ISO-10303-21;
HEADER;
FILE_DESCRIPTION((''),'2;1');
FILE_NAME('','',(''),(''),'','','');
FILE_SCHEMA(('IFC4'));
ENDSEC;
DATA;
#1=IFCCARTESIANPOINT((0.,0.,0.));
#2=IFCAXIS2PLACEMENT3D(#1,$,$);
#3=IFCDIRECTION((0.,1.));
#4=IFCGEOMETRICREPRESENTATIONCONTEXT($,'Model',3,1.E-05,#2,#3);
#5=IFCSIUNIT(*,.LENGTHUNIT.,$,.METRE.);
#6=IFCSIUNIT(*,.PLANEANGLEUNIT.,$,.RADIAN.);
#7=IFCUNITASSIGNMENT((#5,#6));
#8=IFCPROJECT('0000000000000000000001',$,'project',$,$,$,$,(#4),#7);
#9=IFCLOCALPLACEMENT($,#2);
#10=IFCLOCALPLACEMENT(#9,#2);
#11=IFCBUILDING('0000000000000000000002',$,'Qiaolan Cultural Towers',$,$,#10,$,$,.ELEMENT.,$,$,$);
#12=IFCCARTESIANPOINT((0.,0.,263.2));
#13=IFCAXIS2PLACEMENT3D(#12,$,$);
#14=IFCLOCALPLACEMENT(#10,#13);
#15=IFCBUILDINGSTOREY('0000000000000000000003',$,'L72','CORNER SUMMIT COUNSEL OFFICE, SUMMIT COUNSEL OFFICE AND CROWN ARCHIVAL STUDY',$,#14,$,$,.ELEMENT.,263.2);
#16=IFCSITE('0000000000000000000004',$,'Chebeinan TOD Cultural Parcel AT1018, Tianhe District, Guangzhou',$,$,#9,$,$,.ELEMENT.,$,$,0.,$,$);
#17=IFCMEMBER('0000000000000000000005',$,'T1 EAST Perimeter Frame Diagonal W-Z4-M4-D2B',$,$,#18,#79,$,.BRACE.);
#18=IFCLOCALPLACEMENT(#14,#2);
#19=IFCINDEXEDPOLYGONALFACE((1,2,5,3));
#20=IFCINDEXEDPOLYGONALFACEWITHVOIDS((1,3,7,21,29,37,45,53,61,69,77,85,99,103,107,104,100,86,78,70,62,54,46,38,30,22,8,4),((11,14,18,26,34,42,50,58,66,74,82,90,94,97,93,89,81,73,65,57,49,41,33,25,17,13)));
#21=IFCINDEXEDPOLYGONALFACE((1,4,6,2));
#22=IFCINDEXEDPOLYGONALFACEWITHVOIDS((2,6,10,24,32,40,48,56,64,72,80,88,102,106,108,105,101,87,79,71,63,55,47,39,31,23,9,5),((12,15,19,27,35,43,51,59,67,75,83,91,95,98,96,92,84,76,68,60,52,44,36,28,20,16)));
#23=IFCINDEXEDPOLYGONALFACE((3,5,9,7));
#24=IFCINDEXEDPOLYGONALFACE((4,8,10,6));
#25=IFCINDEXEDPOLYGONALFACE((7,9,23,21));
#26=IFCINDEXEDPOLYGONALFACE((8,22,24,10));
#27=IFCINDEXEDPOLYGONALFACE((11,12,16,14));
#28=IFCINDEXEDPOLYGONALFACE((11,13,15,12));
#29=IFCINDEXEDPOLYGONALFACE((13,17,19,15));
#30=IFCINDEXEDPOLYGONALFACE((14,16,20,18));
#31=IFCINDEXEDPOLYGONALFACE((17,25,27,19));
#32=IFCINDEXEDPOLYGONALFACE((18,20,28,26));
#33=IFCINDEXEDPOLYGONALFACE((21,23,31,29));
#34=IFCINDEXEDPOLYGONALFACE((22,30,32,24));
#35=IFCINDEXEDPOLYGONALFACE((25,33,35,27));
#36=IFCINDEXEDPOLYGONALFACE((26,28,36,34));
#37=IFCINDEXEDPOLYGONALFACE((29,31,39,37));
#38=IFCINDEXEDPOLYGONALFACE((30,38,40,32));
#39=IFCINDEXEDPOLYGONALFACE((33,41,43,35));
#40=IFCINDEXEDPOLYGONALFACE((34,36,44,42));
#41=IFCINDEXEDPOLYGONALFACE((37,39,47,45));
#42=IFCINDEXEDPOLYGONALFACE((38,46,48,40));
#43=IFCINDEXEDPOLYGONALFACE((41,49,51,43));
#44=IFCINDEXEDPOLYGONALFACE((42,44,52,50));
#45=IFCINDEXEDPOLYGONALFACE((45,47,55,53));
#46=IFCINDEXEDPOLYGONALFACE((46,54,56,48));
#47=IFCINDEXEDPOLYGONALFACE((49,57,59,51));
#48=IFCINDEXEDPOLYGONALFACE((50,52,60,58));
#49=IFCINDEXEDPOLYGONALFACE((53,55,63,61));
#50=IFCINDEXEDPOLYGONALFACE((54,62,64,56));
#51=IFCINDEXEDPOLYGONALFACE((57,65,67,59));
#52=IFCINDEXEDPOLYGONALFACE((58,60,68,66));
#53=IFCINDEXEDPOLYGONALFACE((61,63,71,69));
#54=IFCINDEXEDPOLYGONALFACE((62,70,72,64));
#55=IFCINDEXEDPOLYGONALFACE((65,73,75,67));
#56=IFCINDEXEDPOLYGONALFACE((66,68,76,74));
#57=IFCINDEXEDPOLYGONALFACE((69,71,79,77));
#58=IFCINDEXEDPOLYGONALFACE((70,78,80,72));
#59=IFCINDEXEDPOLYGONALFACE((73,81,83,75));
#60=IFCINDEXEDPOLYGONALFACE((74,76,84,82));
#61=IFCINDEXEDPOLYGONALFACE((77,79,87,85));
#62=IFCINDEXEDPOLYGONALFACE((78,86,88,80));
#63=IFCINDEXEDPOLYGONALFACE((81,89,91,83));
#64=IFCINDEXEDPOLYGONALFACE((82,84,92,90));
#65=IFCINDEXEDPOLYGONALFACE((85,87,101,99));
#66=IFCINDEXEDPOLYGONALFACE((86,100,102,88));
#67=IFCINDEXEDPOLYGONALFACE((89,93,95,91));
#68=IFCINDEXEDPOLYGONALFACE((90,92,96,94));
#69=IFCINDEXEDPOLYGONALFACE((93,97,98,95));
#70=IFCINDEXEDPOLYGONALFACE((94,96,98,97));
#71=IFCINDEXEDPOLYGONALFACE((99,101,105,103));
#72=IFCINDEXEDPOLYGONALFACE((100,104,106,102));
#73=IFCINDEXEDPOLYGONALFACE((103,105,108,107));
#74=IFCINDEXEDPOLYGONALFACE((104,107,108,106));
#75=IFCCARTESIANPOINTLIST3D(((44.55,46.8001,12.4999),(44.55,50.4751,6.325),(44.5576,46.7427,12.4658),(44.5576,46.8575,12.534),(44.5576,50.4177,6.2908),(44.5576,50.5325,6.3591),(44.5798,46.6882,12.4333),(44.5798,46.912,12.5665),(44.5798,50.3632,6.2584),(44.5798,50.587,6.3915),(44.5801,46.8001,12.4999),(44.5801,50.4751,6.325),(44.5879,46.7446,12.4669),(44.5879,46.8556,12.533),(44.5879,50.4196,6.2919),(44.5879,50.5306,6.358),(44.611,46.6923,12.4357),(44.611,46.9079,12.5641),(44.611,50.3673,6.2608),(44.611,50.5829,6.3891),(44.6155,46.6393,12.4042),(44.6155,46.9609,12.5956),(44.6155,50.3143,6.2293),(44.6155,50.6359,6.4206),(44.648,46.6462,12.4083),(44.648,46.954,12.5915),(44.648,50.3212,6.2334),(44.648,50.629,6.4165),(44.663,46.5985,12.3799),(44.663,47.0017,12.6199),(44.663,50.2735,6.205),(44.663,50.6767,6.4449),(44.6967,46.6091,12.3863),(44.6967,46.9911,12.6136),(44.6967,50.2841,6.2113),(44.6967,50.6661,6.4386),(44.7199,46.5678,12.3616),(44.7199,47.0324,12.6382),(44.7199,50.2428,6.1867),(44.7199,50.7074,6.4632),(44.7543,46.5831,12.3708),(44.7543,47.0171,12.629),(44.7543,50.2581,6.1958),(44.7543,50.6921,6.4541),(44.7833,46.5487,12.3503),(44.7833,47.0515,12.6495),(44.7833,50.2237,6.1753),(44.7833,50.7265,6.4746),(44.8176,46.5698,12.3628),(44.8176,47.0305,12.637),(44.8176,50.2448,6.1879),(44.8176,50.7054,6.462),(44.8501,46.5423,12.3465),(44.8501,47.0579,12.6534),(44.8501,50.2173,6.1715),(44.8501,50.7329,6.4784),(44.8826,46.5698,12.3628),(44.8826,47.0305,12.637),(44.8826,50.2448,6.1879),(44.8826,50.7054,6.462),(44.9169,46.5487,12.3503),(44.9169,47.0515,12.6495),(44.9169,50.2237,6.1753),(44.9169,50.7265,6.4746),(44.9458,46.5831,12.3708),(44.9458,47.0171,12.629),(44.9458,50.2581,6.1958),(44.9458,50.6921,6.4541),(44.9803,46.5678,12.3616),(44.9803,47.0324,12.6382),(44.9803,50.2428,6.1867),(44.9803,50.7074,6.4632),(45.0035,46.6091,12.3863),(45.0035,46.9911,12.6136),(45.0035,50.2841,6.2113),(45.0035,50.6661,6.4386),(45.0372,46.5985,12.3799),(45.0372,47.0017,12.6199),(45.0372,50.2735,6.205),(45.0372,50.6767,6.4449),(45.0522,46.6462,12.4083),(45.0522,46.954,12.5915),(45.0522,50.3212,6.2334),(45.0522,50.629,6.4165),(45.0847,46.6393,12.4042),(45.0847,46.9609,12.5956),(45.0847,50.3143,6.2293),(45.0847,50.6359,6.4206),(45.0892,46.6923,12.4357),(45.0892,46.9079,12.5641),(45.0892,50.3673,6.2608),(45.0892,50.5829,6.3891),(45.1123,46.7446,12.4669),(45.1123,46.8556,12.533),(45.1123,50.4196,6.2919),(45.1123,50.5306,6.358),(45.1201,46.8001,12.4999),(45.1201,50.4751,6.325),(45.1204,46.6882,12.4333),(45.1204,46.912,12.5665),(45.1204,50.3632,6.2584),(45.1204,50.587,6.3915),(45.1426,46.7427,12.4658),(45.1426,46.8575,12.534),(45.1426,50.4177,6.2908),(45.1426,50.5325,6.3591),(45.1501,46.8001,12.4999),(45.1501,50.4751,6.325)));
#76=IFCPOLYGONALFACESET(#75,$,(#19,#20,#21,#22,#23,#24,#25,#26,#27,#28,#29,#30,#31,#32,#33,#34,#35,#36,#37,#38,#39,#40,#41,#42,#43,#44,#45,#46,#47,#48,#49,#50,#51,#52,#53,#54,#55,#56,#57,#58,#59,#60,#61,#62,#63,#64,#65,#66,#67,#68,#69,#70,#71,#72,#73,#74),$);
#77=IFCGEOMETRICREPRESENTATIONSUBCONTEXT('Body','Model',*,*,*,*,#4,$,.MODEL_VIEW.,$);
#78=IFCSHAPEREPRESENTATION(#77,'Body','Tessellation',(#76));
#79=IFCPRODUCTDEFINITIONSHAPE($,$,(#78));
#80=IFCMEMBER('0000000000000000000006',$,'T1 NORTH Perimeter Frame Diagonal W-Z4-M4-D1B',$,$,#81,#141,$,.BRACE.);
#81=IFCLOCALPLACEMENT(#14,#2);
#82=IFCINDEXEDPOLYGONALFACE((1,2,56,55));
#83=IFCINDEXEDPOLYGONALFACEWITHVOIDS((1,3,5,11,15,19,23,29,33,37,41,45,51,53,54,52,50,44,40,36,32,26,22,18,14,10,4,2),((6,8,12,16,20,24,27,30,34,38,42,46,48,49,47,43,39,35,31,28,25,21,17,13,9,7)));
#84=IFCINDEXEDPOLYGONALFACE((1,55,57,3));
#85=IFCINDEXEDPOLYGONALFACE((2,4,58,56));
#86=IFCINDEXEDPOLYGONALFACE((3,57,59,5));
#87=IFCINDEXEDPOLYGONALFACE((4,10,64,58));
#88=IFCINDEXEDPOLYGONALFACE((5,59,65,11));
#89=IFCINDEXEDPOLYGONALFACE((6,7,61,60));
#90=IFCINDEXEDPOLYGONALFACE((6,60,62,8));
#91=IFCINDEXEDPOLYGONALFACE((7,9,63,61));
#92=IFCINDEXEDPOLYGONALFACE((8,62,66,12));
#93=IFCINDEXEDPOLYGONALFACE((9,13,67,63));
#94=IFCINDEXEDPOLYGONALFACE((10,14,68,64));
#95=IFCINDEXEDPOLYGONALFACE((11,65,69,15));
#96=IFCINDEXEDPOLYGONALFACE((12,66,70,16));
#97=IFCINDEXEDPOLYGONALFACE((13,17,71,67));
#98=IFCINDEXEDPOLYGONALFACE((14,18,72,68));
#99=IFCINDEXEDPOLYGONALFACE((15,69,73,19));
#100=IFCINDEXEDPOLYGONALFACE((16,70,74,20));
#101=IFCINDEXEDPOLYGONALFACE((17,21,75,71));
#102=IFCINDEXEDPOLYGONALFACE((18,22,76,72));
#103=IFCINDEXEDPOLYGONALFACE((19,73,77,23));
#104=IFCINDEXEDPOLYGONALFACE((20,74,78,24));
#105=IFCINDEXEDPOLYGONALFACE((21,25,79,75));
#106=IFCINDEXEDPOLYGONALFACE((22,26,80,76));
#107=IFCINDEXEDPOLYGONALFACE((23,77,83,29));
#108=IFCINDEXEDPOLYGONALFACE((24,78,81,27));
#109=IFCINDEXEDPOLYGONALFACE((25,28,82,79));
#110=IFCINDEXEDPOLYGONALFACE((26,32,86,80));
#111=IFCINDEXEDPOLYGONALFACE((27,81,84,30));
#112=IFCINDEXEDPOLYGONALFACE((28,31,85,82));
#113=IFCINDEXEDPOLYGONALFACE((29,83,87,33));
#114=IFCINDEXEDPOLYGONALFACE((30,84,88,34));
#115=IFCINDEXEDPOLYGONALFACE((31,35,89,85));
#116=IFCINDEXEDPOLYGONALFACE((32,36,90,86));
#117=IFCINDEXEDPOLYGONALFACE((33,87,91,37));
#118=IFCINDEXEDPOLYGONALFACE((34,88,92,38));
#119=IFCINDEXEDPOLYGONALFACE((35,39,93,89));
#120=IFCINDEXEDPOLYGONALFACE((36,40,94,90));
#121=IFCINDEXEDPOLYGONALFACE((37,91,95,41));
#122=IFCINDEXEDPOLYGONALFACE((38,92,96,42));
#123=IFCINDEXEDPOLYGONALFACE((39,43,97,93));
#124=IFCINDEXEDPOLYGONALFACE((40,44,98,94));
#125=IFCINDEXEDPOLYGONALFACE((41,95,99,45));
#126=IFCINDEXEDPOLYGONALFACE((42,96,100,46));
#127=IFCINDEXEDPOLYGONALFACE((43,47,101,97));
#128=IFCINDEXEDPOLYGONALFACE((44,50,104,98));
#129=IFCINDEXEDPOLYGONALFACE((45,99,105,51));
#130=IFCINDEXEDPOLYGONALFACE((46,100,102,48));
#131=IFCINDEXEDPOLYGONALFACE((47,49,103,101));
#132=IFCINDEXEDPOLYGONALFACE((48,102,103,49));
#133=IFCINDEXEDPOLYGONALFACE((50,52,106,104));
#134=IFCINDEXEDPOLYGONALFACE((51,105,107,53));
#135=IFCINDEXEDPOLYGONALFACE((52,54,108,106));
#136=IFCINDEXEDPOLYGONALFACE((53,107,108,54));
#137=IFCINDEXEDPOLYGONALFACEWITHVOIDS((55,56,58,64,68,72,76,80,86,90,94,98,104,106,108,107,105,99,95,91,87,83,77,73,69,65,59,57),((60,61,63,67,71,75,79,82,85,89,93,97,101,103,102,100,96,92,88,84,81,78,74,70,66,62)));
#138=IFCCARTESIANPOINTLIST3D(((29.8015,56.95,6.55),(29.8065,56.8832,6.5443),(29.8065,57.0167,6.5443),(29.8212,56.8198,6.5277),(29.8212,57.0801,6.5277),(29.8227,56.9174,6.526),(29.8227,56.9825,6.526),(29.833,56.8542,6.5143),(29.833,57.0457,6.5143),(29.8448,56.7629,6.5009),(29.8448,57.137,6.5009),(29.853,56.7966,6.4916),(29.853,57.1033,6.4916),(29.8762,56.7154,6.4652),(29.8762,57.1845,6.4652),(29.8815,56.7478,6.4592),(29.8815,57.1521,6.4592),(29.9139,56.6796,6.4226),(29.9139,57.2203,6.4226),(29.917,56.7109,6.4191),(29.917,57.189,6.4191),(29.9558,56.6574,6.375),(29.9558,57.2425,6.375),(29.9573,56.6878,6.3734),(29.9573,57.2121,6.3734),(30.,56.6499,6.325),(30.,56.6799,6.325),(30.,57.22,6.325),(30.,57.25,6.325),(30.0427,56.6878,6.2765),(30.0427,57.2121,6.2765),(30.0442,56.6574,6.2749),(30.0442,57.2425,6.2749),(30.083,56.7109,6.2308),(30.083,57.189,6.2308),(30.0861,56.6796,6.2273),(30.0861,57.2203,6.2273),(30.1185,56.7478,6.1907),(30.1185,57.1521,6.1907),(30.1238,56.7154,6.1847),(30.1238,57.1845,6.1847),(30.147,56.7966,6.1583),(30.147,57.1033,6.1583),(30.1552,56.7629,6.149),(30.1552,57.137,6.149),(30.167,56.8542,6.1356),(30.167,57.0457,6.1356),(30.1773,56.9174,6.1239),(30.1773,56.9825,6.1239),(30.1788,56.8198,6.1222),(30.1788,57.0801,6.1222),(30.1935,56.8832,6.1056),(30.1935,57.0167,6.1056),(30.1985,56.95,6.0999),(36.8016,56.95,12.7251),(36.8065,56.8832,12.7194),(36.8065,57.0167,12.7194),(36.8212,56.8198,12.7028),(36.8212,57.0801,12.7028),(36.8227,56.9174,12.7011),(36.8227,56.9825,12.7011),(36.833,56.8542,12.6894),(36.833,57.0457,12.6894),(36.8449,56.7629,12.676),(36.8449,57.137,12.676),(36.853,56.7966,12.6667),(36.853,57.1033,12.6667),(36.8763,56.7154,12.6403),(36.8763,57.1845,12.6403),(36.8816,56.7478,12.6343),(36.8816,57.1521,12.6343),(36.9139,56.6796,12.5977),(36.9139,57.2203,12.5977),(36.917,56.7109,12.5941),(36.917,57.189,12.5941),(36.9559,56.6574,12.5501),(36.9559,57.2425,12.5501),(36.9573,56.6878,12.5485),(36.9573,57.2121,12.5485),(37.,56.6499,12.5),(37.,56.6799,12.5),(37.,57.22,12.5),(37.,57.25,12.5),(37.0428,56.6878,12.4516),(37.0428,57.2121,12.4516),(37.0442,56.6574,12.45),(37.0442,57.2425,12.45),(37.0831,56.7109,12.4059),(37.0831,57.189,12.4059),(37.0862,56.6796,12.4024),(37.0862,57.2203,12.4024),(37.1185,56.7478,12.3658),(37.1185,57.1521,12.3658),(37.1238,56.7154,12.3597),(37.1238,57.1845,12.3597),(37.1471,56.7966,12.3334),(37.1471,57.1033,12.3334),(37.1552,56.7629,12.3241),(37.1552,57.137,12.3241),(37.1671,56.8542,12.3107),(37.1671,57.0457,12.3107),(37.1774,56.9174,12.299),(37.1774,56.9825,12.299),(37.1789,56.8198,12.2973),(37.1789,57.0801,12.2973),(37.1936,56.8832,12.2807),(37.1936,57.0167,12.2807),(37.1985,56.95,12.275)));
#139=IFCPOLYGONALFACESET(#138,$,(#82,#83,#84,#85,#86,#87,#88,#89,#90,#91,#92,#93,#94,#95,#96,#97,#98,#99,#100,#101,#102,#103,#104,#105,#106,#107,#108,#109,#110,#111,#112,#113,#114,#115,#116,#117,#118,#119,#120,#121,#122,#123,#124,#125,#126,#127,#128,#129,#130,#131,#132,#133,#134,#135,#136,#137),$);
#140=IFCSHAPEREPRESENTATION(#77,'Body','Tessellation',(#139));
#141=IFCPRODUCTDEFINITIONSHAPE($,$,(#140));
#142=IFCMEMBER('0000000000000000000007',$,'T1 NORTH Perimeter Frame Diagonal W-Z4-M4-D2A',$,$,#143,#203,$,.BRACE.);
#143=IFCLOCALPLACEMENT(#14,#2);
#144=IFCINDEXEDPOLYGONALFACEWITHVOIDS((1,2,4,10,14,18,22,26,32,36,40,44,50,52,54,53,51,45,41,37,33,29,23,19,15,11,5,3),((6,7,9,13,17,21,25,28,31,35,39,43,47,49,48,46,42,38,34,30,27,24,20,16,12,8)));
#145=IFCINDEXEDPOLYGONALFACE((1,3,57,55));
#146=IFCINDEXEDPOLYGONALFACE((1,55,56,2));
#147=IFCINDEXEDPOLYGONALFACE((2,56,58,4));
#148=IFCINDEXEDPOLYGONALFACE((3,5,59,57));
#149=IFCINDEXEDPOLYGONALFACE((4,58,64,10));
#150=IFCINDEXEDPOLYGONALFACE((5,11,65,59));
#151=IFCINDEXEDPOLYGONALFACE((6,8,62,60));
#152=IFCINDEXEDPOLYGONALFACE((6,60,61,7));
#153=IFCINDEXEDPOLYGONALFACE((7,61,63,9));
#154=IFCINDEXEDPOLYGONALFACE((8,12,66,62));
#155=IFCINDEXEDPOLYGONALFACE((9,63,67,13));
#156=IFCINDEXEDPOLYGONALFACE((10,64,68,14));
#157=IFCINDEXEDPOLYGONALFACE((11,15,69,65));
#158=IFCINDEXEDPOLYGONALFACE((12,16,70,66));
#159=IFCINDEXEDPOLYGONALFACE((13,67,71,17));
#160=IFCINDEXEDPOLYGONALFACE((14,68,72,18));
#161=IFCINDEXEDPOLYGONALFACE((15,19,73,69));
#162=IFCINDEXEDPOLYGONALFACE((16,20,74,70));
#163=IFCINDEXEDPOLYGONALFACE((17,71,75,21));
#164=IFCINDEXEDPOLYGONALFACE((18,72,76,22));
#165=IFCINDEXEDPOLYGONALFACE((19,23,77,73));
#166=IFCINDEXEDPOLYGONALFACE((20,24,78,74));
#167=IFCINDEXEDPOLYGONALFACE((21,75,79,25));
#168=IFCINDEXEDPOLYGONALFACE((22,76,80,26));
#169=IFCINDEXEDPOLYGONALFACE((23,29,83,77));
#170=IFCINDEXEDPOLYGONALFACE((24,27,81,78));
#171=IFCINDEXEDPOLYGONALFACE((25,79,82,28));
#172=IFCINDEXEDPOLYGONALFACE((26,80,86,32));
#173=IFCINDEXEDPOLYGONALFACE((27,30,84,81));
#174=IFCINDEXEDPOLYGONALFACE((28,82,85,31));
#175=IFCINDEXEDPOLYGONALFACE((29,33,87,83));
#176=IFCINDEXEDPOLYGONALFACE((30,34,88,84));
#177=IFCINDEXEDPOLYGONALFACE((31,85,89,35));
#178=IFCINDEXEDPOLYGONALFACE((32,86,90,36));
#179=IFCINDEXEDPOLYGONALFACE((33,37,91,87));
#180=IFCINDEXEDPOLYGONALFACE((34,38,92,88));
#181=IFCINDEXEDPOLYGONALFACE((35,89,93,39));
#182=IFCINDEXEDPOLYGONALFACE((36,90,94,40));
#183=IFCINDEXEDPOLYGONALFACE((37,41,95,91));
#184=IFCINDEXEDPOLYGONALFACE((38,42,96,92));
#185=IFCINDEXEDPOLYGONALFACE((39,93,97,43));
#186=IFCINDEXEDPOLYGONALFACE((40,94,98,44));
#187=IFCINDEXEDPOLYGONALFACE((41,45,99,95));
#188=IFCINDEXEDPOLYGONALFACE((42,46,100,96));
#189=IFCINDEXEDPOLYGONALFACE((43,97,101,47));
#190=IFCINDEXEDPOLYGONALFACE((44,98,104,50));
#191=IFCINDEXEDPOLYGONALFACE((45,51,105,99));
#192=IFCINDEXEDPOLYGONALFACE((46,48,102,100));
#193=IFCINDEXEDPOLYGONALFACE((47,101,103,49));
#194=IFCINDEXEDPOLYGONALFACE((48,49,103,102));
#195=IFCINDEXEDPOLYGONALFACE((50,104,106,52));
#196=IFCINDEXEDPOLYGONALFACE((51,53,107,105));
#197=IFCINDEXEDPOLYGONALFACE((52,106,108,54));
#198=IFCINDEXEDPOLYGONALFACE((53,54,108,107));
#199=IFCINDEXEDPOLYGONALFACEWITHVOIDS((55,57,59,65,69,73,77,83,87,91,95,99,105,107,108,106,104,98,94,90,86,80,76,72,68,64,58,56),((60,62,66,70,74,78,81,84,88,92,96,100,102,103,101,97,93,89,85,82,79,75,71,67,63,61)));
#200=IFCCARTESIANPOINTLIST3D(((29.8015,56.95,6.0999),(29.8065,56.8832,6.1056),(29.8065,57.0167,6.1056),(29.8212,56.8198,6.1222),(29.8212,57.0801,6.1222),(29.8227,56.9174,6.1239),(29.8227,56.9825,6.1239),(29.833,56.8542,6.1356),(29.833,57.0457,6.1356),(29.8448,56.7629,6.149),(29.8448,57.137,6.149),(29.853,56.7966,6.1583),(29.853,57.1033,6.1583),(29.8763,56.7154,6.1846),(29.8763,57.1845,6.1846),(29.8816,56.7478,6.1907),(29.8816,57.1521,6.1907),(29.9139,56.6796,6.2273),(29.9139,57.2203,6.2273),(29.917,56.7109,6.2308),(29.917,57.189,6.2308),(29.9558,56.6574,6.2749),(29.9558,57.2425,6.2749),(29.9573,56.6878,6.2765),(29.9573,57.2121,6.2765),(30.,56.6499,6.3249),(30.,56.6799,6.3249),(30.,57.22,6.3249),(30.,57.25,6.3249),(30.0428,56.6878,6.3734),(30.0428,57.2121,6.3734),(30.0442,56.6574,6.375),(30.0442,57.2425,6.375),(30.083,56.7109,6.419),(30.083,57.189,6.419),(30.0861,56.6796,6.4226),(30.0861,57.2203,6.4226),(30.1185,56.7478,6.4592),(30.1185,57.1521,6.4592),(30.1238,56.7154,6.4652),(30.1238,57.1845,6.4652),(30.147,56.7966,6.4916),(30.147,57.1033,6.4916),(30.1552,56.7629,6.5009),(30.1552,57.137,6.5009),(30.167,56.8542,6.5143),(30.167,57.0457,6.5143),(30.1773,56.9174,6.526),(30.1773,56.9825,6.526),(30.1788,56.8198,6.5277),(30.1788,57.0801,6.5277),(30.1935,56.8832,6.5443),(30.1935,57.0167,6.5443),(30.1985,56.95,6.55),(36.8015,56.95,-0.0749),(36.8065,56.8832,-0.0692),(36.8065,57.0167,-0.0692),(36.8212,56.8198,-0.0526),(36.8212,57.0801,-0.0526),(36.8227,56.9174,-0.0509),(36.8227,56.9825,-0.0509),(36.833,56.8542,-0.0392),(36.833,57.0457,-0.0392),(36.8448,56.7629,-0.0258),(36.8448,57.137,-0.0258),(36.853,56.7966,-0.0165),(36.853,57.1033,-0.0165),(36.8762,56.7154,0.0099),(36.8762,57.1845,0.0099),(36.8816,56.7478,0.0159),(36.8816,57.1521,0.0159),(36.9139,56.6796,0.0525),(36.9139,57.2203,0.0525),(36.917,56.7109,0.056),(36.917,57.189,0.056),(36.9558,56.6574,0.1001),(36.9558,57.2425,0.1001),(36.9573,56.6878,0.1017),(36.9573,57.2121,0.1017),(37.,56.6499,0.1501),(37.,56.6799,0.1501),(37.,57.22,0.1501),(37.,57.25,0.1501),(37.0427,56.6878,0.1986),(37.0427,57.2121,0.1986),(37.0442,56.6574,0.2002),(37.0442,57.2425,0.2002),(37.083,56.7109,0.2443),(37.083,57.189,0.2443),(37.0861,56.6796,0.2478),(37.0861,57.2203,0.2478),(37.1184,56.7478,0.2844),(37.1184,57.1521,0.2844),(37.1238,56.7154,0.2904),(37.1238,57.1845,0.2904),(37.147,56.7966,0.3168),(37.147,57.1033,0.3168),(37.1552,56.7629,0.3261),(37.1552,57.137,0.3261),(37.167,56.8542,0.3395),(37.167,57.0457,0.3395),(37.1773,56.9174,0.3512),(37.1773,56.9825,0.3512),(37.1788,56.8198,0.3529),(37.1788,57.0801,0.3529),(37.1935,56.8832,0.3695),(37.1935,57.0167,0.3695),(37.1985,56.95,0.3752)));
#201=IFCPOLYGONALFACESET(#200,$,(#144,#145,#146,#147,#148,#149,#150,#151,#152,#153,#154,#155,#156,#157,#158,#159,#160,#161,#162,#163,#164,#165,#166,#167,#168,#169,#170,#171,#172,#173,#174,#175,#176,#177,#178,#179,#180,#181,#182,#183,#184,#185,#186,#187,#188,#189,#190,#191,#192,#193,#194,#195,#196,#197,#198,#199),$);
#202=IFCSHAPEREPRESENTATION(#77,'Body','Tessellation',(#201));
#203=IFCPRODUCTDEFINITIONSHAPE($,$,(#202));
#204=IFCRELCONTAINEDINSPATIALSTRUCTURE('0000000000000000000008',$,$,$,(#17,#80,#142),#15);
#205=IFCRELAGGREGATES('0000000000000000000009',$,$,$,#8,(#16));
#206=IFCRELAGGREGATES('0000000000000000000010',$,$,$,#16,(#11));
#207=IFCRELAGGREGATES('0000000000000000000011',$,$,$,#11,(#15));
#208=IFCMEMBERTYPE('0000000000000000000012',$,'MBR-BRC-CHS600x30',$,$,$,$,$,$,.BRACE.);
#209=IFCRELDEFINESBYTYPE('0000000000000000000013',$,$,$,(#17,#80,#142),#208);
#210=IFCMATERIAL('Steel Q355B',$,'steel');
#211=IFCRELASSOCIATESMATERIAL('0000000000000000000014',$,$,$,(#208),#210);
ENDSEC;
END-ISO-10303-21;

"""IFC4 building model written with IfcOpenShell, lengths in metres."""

from ifc_helpers import new_model, si_unit, direction, frame, origin, origin_2d, place, context, subcontext, project, spatial, hollow_circle, extrude, material, material_profile, profile_set, type_object, element, save


model = new_model("IFC4")

# Units and contexts
model_context = context("Model", 3, precision=1e-05, world=origin(), true_north=direction((0.0, 1.0)))
body_context = subcontext(model_context, "Body", "Model", "MODEL_VIEW")
ifc_project = project(units=[si_unit("LENGTHUNIT", "METRE"), si_unit("PLANEANGLEUNIT", "RADIAN")], contexts=[model_context])

# Site, building, storey
site_placement = place(None, origin())
site = spatial("IfcSite", under=ifc_project, at=site_placement, Name="Chebeinan TOD Cultural Parcel AT1018, Tianhe District, Guangzhou", CompositionType="ELEMENT", RefElevation=0.0)
building_placement = place(site_placement, origin())
building = spatial("IfcBuilding", under=site, at=building_placement, Name="Qiaolan Cultural Towers", CompositionType="ELEMENT")
storey_placement = place(building_placement, frame((0.0, 0.0, 263.2)))
storey = spatial("IfcBuildingStorey", under=building, at=storey_placement, Name="L72", Description="CORNER SUMMIT COUNSEL OFFICE, SUMMIT COUNSEL OFFICE AND CROWN ARCHIVAL STUDY", CompositionType="ELEMENT", Elevation=263.2)

# Members
ifc_material_1 = material(Name="Steel Q355B", Category="steel")
ifc_material_profile_1 = material_profile(ifc_material_1, hollow_circle(Radius=0.3, WallThickness=0.03, at=origin_2d()), Name="CHS600x30")
ifc_profile_set_1 = profile_set([ifc_material_profile_1], Name="Steel Q355B")
member_type = type_object("IfcMemberType", Name="MBR-BRC-CHS600x30", PredefinedType="BRACE", material=ifc_profile_set_1)
member_1_placement = place(storey_placement, frame((44.8501, 50.4751, 6.325), z_axis=(0.0, -0.511425, 0.859328), x_axis=(1.0, 0.0, 0.0)))
element("IfcMember", 1, at=member_1_placement, inside=storey, type_object=member_type, Name="T1 EAST Perimeter Frame Diagonal W-Z4-M4-D2B", PredefinedType="BRACE", context=body_context, shape_type="SweptSolid", body=[
    extrude(hollow_circle(Radius=0.3, WallThickness=0.03, at=origin_2d()), origin(), (0.0, 0.0, 1.0), 7.1858),
])
member_2_placement = place(storey_placement, frame((30.0, 56.95, 6.325), z_axis=(0.749913, 0.0, 0.661536), x_axis=(0.0, 1.0, 0.0)))
element("IfcMember", 2, at=member_2_placement, inside=storey, type_object=member_type, Name="T1 NORTH Perimeter Frame Diagonal W-Z4-M4-D1B", PredefinedType="BRACE", context=body_context, shape_type="SweptSolid", body=[
    extrude(hollow_circle(Radius=0.3, WallThickness=0.03, at=origin_2d()), origin(), (0.0, 0.0, 1.0), 9.3345),
])
member_3_placement = place(storey_placement, frame((37.0, 56.95, 0.1501), z_axis=(-0.749926, 0.0, 0.661521), x_axis=(0.0, -1.0, 0.0)))
element("IfcMember", 3, at=member_3_placement, inside=storey, type_object=member_type, Name="T1 NORTH Perimeter Frame Diagonal W-Z4-M4-D2A", PredefinedType="BRACE", context=body_context, shape_type="SweptSolid", body=[
    extrude(hollow_circle(Radius=0.3, WallThickness=0.03, at=origin_2d()), origin(), (0.0, 0.0, 1.0), 9.3342),
])

save(model, "model.ifc")
